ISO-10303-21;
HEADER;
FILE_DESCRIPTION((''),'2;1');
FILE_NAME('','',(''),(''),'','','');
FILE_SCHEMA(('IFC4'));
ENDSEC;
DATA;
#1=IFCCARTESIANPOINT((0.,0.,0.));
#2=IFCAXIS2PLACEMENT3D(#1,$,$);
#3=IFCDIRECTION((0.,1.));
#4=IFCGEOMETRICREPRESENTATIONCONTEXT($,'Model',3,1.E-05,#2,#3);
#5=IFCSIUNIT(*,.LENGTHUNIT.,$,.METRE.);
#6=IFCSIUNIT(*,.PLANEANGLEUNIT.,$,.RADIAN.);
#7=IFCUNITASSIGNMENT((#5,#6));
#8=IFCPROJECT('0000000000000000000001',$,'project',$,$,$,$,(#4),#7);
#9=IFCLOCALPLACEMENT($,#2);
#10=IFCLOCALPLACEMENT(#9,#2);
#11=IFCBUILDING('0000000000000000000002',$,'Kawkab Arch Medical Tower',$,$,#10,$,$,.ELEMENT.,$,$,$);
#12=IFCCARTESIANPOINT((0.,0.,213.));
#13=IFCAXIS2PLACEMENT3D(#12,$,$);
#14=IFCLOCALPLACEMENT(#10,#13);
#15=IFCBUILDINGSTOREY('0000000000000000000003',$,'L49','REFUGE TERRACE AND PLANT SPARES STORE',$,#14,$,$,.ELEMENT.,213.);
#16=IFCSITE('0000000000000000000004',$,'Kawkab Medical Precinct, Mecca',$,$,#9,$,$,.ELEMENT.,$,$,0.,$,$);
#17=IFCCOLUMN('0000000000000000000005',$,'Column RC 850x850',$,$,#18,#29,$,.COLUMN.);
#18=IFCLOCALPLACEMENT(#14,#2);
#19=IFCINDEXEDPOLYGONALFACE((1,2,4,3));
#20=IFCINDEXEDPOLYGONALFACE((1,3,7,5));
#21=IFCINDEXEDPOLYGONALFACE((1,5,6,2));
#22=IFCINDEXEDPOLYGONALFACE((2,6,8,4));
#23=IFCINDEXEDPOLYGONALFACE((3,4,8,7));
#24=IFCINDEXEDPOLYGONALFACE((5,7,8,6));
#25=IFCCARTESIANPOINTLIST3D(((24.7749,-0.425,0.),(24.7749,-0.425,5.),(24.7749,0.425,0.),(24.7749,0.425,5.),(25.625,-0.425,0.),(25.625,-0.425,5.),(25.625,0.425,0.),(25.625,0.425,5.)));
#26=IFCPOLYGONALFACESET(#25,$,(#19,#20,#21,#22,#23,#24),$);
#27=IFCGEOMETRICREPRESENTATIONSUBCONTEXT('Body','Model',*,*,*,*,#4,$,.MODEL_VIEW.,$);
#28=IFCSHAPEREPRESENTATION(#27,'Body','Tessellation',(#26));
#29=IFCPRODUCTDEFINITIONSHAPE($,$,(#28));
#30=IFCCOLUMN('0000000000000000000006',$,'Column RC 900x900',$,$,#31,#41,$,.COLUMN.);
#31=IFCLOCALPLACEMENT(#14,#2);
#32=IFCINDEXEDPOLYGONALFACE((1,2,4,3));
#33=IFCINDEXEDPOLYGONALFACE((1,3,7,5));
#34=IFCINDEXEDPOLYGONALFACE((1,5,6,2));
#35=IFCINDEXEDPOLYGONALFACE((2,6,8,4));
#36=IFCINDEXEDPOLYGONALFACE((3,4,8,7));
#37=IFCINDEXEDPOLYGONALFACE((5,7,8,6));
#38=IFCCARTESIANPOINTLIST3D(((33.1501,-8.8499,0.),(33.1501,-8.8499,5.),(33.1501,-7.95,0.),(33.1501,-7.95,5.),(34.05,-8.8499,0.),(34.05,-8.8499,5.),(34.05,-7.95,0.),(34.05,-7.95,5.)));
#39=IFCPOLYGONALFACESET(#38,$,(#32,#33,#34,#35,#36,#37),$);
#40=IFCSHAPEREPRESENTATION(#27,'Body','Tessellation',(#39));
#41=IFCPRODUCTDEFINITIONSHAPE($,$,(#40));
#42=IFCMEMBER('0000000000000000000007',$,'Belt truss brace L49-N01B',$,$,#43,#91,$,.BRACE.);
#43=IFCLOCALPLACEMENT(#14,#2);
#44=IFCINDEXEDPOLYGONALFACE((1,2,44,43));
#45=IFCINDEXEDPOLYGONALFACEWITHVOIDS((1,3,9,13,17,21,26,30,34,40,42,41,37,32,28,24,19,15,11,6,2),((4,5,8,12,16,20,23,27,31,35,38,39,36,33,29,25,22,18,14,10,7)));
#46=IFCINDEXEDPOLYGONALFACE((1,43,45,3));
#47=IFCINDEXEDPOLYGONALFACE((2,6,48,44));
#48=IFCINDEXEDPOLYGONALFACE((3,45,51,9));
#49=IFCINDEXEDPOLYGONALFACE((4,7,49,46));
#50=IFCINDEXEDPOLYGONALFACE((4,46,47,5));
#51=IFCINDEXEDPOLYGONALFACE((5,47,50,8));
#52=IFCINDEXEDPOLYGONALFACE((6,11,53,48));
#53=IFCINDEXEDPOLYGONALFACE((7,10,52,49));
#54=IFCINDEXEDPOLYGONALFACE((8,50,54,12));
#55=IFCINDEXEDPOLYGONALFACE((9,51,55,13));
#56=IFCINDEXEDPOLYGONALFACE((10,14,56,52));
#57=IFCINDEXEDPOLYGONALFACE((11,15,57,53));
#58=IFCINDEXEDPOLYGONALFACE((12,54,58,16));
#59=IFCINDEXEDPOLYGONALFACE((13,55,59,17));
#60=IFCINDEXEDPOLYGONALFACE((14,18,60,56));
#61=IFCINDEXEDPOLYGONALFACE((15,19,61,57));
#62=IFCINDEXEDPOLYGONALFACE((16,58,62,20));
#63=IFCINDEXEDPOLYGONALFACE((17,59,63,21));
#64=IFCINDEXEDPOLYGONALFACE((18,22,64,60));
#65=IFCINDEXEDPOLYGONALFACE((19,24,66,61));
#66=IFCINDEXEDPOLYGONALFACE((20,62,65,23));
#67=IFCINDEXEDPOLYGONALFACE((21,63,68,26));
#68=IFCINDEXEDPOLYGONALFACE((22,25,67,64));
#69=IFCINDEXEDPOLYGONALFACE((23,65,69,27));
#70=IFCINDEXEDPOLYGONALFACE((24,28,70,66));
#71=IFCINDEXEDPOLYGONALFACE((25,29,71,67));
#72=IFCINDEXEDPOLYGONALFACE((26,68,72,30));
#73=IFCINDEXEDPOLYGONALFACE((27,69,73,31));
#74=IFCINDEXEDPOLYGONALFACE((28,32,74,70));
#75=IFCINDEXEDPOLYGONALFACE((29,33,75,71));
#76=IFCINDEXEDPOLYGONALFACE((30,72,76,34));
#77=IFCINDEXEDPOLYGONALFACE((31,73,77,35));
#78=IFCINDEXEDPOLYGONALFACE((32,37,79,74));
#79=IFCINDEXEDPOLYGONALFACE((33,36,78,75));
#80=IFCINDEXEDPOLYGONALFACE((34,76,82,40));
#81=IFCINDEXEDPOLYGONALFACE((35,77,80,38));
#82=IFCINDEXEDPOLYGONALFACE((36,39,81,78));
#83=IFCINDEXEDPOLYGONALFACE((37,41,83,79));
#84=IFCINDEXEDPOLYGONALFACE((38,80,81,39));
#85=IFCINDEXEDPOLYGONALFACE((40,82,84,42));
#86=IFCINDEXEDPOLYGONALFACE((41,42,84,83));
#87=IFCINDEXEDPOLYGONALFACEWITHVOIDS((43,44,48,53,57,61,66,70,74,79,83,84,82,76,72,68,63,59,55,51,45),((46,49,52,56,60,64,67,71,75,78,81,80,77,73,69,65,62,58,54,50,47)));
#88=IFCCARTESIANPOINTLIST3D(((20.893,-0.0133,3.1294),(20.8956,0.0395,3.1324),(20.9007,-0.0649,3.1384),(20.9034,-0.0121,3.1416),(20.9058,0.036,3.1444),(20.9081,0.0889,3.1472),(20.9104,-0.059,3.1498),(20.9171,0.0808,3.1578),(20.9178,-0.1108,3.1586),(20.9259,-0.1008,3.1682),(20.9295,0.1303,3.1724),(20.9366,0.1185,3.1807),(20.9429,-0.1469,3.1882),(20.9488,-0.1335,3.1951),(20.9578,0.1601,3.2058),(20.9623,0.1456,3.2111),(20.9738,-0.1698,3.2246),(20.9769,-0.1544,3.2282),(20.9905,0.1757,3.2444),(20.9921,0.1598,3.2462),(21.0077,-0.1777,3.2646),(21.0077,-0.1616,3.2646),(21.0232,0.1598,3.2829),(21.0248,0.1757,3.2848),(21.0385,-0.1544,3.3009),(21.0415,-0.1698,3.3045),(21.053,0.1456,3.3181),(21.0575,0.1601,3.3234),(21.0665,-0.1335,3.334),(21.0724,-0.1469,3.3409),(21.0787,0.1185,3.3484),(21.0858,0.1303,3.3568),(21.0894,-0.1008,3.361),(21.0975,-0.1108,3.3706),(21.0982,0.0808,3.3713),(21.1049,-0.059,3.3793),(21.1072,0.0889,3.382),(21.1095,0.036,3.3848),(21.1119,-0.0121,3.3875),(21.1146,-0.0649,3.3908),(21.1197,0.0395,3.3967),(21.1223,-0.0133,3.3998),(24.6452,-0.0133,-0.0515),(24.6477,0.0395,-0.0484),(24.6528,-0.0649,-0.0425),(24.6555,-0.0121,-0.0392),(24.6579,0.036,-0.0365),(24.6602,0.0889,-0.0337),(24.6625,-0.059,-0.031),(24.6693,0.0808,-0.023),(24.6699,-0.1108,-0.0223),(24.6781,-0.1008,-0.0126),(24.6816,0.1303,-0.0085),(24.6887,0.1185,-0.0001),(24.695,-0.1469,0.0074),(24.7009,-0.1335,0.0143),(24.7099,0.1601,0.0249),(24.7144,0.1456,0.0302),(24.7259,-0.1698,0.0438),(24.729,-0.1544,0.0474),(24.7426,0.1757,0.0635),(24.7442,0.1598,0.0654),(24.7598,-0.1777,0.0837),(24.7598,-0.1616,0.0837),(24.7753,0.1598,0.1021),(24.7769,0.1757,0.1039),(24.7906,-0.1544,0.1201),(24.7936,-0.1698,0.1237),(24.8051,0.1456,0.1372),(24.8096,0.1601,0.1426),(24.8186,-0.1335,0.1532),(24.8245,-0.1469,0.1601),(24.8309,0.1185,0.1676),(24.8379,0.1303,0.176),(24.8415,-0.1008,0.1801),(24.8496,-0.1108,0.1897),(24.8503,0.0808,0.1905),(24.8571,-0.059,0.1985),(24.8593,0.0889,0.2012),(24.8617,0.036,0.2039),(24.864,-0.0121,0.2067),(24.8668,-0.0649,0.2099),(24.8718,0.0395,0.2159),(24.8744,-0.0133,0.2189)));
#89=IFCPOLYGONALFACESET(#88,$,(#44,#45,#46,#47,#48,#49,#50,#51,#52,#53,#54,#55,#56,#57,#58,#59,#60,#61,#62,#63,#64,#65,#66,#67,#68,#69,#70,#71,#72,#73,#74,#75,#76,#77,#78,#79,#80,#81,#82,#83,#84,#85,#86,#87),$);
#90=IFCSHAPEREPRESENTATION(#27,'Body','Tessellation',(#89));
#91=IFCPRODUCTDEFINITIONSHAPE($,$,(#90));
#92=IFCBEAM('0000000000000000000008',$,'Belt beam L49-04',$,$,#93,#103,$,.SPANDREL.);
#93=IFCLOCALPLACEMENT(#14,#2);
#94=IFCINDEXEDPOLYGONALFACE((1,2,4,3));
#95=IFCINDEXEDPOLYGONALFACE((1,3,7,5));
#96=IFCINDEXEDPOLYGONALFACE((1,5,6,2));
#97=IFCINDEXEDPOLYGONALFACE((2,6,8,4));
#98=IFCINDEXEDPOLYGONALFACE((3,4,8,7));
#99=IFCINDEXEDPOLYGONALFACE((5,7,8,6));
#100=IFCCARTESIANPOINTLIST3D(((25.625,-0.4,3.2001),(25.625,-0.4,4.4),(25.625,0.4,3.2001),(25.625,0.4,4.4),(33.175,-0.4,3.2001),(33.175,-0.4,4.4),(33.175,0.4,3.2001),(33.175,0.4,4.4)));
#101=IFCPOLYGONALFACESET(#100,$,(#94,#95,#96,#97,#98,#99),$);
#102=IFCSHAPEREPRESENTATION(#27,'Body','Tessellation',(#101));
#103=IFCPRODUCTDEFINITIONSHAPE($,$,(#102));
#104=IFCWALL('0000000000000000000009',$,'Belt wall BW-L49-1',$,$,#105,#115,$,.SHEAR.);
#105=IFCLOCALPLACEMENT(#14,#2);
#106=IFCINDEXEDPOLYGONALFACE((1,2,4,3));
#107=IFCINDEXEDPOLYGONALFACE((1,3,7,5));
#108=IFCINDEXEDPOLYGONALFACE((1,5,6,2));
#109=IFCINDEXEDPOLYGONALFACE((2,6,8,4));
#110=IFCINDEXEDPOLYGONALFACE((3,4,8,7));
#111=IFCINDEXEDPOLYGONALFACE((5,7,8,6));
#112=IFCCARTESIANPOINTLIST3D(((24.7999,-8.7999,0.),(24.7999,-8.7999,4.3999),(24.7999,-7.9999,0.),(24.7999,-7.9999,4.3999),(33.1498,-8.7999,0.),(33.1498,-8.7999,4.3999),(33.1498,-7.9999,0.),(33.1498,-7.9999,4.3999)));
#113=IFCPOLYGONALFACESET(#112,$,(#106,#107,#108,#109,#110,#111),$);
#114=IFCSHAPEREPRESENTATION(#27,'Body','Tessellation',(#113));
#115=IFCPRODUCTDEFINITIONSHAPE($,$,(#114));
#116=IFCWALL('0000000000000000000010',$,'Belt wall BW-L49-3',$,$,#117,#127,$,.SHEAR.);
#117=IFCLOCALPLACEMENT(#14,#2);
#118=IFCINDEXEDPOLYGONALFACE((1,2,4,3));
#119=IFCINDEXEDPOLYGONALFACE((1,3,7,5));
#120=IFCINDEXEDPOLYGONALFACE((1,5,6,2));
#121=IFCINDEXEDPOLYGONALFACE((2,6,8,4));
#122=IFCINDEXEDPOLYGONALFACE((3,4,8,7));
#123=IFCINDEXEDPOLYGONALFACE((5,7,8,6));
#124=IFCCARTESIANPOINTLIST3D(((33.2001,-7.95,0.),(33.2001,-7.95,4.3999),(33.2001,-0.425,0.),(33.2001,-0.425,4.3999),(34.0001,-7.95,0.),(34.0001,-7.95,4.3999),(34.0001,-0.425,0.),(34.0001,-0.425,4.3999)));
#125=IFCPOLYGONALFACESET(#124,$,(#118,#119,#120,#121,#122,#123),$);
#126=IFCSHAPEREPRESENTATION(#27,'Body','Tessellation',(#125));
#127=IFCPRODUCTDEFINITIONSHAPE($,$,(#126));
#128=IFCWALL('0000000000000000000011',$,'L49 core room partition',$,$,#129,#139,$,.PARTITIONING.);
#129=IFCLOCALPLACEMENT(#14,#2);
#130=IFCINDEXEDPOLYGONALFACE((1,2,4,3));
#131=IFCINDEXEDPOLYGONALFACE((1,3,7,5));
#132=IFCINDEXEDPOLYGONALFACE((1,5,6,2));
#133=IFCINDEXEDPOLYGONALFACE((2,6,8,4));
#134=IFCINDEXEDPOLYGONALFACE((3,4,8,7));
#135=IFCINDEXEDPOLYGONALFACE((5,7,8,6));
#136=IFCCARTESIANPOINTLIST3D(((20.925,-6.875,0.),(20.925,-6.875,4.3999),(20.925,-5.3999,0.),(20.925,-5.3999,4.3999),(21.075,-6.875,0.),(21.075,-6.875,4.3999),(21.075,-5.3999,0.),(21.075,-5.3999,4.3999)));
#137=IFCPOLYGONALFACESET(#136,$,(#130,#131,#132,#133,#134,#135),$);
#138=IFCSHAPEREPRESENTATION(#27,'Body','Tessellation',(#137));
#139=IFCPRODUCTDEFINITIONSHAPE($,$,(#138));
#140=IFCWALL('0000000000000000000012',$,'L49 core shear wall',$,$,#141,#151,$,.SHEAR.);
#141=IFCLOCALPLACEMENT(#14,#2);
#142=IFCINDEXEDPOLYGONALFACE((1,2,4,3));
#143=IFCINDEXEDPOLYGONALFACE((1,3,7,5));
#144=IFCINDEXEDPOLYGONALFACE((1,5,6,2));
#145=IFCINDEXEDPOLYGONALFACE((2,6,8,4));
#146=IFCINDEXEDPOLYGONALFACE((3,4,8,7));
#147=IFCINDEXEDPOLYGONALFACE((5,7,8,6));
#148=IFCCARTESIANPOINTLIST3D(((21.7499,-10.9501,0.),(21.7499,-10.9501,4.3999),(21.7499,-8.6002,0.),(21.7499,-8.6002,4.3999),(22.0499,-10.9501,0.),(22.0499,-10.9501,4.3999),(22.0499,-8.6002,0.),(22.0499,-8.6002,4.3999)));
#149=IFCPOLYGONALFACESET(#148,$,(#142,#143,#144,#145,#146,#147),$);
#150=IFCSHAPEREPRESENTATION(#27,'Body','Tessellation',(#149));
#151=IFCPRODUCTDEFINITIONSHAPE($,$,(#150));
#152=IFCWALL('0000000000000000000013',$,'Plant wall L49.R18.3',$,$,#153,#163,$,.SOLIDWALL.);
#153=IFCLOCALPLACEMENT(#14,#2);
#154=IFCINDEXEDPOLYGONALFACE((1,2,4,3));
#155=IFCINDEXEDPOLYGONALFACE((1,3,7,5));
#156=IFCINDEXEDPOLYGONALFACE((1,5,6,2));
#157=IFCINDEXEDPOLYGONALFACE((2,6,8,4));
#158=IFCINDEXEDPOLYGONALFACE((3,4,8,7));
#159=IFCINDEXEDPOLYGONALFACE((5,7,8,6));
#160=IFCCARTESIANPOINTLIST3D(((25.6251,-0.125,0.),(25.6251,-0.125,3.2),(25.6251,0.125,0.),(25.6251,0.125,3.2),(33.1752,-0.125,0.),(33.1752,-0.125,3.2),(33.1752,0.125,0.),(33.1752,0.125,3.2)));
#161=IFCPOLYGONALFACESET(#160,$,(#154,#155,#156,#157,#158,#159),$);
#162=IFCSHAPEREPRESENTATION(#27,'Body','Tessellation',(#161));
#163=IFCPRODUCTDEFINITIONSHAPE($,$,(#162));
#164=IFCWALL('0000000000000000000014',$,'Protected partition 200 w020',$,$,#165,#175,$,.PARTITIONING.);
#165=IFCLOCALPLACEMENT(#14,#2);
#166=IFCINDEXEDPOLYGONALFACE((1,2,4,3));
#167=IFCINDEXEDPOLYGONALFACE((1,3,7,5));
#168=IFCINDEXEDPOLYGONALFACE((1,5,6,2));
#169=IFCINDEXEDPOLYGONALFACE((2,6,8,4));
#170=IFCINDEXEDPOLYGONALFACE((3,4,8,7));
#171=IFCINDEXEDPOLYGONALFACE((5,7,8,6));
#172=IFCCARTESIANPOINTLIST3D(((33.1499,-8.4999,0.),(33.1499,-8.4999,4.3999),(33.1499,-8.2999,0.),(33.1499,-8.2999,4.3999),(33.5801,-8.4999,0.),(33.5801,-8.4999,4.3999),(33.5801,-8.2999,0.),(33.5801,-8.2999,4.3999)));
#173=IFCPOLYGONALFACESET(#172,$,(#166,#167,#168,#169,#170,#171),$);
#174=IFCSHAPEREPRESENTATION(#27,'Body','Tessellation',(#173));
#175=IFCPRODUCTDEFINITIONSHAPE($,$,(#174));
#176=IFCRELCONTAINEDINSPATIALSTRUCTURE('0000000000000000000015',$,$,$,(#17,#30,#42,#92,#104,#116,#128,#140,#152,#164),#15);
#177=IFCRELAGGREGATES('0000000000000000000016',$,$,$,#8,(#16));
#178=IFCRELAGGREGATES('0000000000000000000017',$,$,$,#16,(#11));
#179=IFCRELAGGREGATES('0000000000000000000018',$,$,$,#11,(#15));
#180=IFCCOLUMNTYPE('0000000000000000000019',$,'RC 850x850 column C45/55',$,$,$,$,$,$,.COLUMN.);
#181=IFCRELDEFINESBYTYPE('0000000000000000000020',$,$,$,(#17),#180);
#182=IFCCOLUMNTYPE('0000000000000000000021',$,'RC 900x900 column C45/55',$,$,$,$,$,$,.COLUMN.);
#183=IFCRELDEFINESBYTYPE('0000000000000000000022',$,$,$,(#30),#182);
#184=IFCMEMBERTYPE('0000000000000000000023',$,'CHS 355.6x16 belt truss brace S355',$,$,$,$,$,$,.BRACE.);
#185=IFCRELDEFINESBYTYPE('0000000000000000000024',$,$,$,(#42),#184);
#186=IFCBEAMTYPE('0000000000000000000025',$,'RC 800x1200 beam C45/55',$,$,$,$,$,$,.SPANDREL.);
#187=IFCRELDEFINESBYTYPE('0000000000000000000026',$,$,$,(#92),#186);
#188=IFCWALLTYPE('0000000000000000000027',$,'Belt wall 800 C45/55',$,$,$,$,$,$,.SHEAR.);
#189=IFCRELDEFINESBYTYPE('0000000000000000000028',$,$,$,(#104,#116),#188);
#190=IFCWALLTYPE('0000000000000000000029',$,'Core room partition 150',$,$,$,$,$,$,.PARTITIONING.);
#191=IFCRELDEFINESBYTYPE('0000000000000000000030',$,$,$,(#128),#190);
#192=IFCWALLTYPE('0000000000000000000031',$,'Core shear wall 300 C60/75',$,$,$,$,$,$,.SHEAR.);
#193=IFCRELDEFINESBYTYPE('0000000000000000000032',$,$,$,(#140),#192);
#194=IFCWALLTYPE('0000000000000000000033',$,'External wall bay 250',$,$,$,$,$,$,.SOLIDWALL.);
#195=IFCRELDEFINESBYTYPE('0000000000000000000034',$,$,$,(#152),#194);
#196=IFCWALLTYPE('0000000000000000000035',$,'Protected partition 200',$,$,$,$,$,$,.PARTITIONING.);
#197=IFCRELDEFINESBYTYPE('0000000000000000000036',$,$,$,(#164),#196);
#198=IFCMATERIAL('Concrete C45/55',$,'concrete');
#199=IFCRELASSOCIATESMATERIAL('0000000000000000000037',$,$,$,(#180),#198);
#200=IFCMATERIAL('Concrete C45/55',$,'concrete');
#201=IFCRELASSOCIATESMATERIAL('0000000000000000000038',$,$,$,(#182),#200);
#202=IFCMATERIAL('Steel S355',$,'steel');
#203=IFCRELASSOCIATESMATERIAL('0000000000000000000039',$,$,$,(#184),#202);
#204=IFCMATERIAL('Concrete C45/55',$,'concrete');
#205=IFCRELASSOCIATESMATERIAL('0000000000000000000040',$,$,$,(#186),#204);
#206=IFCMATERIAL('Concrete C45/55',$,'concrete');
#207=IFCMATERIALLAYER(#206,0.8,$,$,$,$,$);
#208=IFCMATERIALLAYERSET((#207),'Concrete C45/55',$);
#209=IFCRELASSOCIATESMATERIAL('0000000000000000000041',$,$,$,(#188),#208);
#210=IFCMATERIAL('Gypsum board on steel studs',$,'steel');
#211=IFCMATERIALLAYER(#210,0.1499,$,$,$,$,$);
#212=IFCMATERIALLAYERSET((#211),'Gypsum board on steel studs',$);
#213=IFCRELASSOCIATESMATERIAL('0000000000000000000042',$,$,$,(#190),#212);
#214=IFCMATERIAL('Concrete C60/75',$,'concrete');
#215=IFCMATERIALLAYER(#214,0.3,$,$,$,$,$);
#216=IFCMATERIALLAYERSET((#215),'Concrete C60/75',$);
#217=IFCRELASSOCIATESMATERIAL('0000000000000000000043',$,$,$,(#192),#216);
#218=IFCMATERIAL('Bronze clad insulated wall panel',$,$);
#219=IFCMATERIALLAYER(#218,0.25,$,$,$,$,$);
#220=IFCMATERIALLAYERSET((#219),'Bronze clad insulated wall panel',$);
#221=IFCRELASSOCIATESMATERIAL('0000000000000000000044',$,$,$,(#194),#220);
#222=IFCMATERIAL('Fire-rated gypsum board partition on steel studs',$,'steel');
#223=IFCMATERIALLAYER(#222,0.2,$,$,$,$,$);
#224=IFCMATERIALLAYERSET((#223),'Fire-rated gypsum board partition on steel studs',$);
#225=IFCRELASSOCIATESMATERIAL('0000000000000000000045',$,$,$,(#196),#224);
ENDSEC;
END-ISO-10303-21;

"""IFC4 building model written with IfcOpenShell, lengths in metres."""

from ifc_helpers import new_model, si_unit, direction, frame, frame_2d, origin, origin_2d, place, context, subcontext, project, spatial, rectangle, hollow_circle, extrude, material, layer, layer_set, material_profile, profile_set, type_object, element, save


model = new_model("IFC4")

# Units and contexts
model_context = context("Model", 3, precision=1e-05, world=origin(), true_north=direction((0.0, 1.0)))
body_context = subcontext(model_context, "Body", "Model", "MODEL_VIEW")
ifc_project = project(units=[si_unit("LENGTHUNIT", "METRE"), si_unit("PLANEANGLEUNIT", "RADIAN")], contexts=[model_context])

# Site, building, storey
site_placement = place(None, origin())
site = spatial("IfcSite", under=ifc_project, at=site_placement, Name="Kawkab Medical Precinct, Mecca", CompositionType="ELEMENT", RefElevation=0.0)
building_placement = place(site_placement, origin())
building = spatial("IfcBuilding", under=site, at=building_placement, Name="Kawkab Arch Medical Tower", CompositionType="ELEMENT")
storey_placement = place(building_placement, frame((0.0, 0.0, 213.0)))
storey = spatial("IfcBuildingStorey", under=building, at=storey_placement, Name="L49", Description="REFUGE TERRACE AND PLANT SPARES STORE", CompositionType="ELEMENT", Elevation=213.0)

# Columns
ifc_material_1 = material(Name="Concrete C45/55", Category="concrete")
ifc_material_profile_1 = material_profile(ifc_material_1, rectangle(XDim=0.8501, YDim=0.8501, at=origin_2d()), Name="RC 850x850")
ifc_profile_set_1 = profile_set([ifc_material_profile_1], Name="Concrete C45/55")
column_type_1 = type_object("IfcColumnType", Name="RC 850x850 column C45/55", PredefinedType="COLUMN", material=ifc_profile_set_1)
column_1_placement = place(storey_placement, frame((25.2, 0.0, 0.0), z_axis=(0.0, 0.0, 1.0), x_axis=(1.0, 0.0, 0.0)))
element("IfcColumn", 1, at=column_1_placement, inside=storey, type_object=column_type_1, Name="Column RC 850x850", PredefinedType="COLUMN", context=body_context, shape_type="SweptSolid", body=[
    extrude(rectangle(XDim=0.8501, YDim=0.8501, at=origin_2d()), origin(), (0.0, 0.0, 1.0), 5.0),
])
ifc_material_2 = material(Name="Concrete C45/55", Category="concrete")
ifc_material_profile_2 = material_profile(ifc_material_2, rectangle(XDim=0.8999, YDim=0.8999, at=origin_2d()), Name="RC 900x900")
ifc_profile_set_2 = profile_set([ifc_material_profile_2], Name="Concrete C45/55")
column_type_2 = type_object("IfcColumnType", Name="RC 900x900 column C45/55", PredefinedType="COLUMN", material=ifc_profile_set_2)
placement = place(storey_placement, frame((33.6001, -8.3999, 0.0), z_axis=(0.0, 0.0, 1.0), x_axis=(1.0, 0.0, 0.0)))
element("IfcColumn", 2, at=placement, inside=storey, type_object=column_type_2, Name="Column RC 900x900", PredefinedType="COLUMN", context=body_context, shape_type="SweptSolid", body=[
    extrude(rectangle(XDim=0.8999, YDim=0.8999, at=origin_2d()), origin(), (0.0, 0.0, 1.0), 5.0),
])

# Member
ifc_material_3 = material(Name="Steel S355", Category="steel")
ifc_material_profile_3 = material_profile(ifc_material_3, hollow_circle(Radius=0.1777, WallThickness=0.0161, at=origin_2d()), Name="CHS 355.6x16")
ifc_profile_set_3 = profile_set([ifc_material_profile_3], Name="Steel S355")
member_type = type_object("IfcMemberType", Name="CHS 355.6x16 belt truss brace S355", PredefinedType="BRACE", material=ifc_profile_set_3)
member_placement = place(storey_placement, frame((24.7598, 0.0, 0.0837), z_axis=(-0.762787, 0.0, 0.646649), x_axis=(0.0, -1.0, 0.0)))
element("IfcMember", 3, at=member_placement, inside=storey, type_object=member_type, Name="Belt truss brace L49-N01B", PredefinedType="BRACE", context=body_context, shape_type="SweptSolid", body=[
    extrude(hollow_circle(Radius=0.1777, WallThickness=0.0161, at=origin_2d()), origin(), (0.0, 0.0, 1.0), 4.9189),
])

# Beam
ifc_material_4 = material(Name="Concrete C45/55", Category="concrete")
ifc_material_profile_4 = material_profile(ifc_material_4, rectangle(XDim=0.8, YDim=1.2, at=origin_2d()), Name="RC 800x1200")
ifc_profile_set_4 = profile_set([ifc_material_profile_4], Name="Concrete C45/55")
beam_type = type_object("IfcBeamType", Name="RC 800x1200 beam C45/55", PredefinedType="SPANDREL", material=ifc_profile_set_4)
beam_placement = place(storey_placement, frame((25.625, 0.0, 3.8), z_axis=(1.0, 0.0, 0.0), x_axis=(0.0, 1.0, 0.0)))
element("IfcBeam", 4, at=beam_placement, inside=storey, type_object=beam_type, Name="Belt beam L49-04", PredefinedType="SPANDREL", context=body_context, shape_type="SweptSolid", body=[
    extrude(rectangle(XDim=0.8, YDim=1.2, at=origin_2d()), origin(), (0.0, 0.0, 1.0), 7.55),
])

# Walls
ifc_material_5 = material(Name="Concrete C45/55", Category="concrete")
ifc_layer_1 = layer(ifc_material_5, 0.8)
ifc_layer_set_1 = layer_set([ifc_layer_1], Name="Concrete C45/55")
wall_type_1 = type_object("IfcWallType", Name="Belt wall 800 C45/55", PredefinedType="SHEAR", material=ifc_layer_set_1)
wall_1_placement = place(storey_placement, frame((24.8, -8.3999, 0.0), z_axis=(0.0, 0.0, 1.0), x_axis=(1.0, 0.0, 0.0)))
element("IfcWall", 5, at=wall_1_placement, inside=storey, type_object=wall_type_1, Name="Belt wall BW-L49-1", PredefinedType="SHEAR", context=body_context, shape_type="SweptSolid", body=[
    extrude(rectangle(XDim=8.3499, YDim=0.8, at=frame_2d((4.1748, 0.0))), origin(), (0.0, 0.0, 1.0), 4.3999),
])
wall_2_placement = place(storey_placement, frame((33.6001, -0.425, 0.0), z_axis=(0.0, 0.0, 1.0), x_axis=(0.0, -1.0, 0.0)))
element("IfcWall", 6, at=wall_2_placement, inside=storey, type_object=wall_type_1, Name="Belt wall BW-L49-3", PredefinedType="SHEAR", context=body_context, shape_type="SweptSolid", body=[
    extrude(rectangle(XDim=7.5249, YDim=0.8, at=frame_2d((3.7625, 0.0))), origin(), (0.0, 0.0, 1.0), 4.3999),
])
ifc_material_6 = material(Name="Gypsum board on steel studs", Category="steel")
ifc_layer_2 = layer(ifc_material_6, 0.1499)
ifc_layer_set_2 = layer_set([ifc_layer_2], Name="Gypsum board on steel studs")
wall_type_2 = type_object("IfcWallType", Name="Core room partition 150", PredefinedType="PARTITIONING", material=ifc_layer_set_2)
wall_3_placement = place(storey_placement, frame((21.0, -6.875, 0.0), z_axis=(0.0, 0.0, 1.0), x_axis=(0.0, 1.0, 0.0)))
element("IfcWall", 7, at=wall_3_placement, inside=storey, type_object=wall_type_2, Name="L49 core room partition", PredefinedType="PARTITIONING", context=body_context, shape_type="SweptSolid", body=[
    extrude(rectangle(XDim=1.4751, YDim=0.1499, at=frame_2d((0.7375, 0.0))), origin(), (0.0, 0.0, 1.0), 4.3999),
])
ifc_material_7 = material(Name="Concrete C60/75", Category="concrete")
ifc_layer_3 = layer(ifc_material_7, 0.3)
ifc_layer_set_3 = layer_set([ifc_layer_3], Name="Concrete C60/75")
wall_type_3 = type_object("IfcWallType", Name="Core shear wall 300 C60/75", PredefinedType="SHEAR", material=ifc_layer_set_3)
wall_4_placement = place(storey_placement, frame((21.8999, -10.95, 0.0), z_axis=(0.0, 0.0, 1.0), x_axis=(0.0, 1.0, 0.0)))
element("IfcWall", 8, at=wall_4_placement, inside=storey, type_object=wall_type_3, Name="L49 core shear wall", PredefinedType="SHEAR", context=body_context, shape_type="SweptSolid", body=[
    extrude(rectangle(XDim=2.3499, YDim=0.3, at=frame_2d((1.1748, 0.0))), origin(), (0.0, 0.0, 1.0), 4.3999),
])
ifc_material_8 = material(Name="Bronze clad insulated wall panel")
ifc_layer_4 = layer(ifc_material_8, 0.25)
ifc_layer_set_4 = layer_set([ifc_layer_4], Name="Bronze clad insulated wall panel")
wall_type_4 = type_object("IfcWallType", Name="External wall bay 250", PredefinedType="SOLIDWALL", material=ifc_layer_set_4)
wall_5_placement = place(storey_placement, frame((33.175, 0.0, 0.0), z_axis=(0.0, 0.0, 1.0), x_axis=(-1.0, 0.0, 0.0)))
element("IfcWall", 9, at=wall_5_placement, inside=storey, type_object=wall_type_4, Name="Plant wall L49.R18.3", PredefinedType="SOLIDWALL", context=body_context, shape_type="SweptSolid", body=[
    extrude(rectangle(XDim=7.55, YDim=0.25, at=frame_2d((3.7749, 0.0))), origin(), (0.0, 0.0, 1.0), 3.2),
])
ifc_material_9 = material(Name="Fire-rated gypsum board partition on steel studs", Category="steel")
ifc_layer_5 = layer(ifc_material_9, 0.2)
ifc_layer_set_5 = layer_set([ifc_layer_5], Name="Fire-rated gypsum board partition on steel studs")
wall_type_5 = type_object("IfcWallType", Name="Protected partition 200", PredefinedType="PARTITIONING", material=ifc_layer_set_5)
wall_6_placement = place(storey_placement, frame((33.1499, -8.3999, 0.0), z_axis=(0.0, 0.0, 1.0), x_axis=(1.0, 0.0, 0.0)))
element("IfcWall", 10, at=wall_6_placement, inside=storey, type_object=wall_type_5, Name="Protected partition 200 w020", PredefinedType="PARTITIONING", context=body_context, shape_type="SweptSolid", body=[
    extrude(rectangle(XDim=0.4302, YDim=0.2, at=frame_2d((0.2151, 0.0))), origin(), (0.0, 0.0, 1.0), 4.3999),
])

save(model, "model.ifc")
